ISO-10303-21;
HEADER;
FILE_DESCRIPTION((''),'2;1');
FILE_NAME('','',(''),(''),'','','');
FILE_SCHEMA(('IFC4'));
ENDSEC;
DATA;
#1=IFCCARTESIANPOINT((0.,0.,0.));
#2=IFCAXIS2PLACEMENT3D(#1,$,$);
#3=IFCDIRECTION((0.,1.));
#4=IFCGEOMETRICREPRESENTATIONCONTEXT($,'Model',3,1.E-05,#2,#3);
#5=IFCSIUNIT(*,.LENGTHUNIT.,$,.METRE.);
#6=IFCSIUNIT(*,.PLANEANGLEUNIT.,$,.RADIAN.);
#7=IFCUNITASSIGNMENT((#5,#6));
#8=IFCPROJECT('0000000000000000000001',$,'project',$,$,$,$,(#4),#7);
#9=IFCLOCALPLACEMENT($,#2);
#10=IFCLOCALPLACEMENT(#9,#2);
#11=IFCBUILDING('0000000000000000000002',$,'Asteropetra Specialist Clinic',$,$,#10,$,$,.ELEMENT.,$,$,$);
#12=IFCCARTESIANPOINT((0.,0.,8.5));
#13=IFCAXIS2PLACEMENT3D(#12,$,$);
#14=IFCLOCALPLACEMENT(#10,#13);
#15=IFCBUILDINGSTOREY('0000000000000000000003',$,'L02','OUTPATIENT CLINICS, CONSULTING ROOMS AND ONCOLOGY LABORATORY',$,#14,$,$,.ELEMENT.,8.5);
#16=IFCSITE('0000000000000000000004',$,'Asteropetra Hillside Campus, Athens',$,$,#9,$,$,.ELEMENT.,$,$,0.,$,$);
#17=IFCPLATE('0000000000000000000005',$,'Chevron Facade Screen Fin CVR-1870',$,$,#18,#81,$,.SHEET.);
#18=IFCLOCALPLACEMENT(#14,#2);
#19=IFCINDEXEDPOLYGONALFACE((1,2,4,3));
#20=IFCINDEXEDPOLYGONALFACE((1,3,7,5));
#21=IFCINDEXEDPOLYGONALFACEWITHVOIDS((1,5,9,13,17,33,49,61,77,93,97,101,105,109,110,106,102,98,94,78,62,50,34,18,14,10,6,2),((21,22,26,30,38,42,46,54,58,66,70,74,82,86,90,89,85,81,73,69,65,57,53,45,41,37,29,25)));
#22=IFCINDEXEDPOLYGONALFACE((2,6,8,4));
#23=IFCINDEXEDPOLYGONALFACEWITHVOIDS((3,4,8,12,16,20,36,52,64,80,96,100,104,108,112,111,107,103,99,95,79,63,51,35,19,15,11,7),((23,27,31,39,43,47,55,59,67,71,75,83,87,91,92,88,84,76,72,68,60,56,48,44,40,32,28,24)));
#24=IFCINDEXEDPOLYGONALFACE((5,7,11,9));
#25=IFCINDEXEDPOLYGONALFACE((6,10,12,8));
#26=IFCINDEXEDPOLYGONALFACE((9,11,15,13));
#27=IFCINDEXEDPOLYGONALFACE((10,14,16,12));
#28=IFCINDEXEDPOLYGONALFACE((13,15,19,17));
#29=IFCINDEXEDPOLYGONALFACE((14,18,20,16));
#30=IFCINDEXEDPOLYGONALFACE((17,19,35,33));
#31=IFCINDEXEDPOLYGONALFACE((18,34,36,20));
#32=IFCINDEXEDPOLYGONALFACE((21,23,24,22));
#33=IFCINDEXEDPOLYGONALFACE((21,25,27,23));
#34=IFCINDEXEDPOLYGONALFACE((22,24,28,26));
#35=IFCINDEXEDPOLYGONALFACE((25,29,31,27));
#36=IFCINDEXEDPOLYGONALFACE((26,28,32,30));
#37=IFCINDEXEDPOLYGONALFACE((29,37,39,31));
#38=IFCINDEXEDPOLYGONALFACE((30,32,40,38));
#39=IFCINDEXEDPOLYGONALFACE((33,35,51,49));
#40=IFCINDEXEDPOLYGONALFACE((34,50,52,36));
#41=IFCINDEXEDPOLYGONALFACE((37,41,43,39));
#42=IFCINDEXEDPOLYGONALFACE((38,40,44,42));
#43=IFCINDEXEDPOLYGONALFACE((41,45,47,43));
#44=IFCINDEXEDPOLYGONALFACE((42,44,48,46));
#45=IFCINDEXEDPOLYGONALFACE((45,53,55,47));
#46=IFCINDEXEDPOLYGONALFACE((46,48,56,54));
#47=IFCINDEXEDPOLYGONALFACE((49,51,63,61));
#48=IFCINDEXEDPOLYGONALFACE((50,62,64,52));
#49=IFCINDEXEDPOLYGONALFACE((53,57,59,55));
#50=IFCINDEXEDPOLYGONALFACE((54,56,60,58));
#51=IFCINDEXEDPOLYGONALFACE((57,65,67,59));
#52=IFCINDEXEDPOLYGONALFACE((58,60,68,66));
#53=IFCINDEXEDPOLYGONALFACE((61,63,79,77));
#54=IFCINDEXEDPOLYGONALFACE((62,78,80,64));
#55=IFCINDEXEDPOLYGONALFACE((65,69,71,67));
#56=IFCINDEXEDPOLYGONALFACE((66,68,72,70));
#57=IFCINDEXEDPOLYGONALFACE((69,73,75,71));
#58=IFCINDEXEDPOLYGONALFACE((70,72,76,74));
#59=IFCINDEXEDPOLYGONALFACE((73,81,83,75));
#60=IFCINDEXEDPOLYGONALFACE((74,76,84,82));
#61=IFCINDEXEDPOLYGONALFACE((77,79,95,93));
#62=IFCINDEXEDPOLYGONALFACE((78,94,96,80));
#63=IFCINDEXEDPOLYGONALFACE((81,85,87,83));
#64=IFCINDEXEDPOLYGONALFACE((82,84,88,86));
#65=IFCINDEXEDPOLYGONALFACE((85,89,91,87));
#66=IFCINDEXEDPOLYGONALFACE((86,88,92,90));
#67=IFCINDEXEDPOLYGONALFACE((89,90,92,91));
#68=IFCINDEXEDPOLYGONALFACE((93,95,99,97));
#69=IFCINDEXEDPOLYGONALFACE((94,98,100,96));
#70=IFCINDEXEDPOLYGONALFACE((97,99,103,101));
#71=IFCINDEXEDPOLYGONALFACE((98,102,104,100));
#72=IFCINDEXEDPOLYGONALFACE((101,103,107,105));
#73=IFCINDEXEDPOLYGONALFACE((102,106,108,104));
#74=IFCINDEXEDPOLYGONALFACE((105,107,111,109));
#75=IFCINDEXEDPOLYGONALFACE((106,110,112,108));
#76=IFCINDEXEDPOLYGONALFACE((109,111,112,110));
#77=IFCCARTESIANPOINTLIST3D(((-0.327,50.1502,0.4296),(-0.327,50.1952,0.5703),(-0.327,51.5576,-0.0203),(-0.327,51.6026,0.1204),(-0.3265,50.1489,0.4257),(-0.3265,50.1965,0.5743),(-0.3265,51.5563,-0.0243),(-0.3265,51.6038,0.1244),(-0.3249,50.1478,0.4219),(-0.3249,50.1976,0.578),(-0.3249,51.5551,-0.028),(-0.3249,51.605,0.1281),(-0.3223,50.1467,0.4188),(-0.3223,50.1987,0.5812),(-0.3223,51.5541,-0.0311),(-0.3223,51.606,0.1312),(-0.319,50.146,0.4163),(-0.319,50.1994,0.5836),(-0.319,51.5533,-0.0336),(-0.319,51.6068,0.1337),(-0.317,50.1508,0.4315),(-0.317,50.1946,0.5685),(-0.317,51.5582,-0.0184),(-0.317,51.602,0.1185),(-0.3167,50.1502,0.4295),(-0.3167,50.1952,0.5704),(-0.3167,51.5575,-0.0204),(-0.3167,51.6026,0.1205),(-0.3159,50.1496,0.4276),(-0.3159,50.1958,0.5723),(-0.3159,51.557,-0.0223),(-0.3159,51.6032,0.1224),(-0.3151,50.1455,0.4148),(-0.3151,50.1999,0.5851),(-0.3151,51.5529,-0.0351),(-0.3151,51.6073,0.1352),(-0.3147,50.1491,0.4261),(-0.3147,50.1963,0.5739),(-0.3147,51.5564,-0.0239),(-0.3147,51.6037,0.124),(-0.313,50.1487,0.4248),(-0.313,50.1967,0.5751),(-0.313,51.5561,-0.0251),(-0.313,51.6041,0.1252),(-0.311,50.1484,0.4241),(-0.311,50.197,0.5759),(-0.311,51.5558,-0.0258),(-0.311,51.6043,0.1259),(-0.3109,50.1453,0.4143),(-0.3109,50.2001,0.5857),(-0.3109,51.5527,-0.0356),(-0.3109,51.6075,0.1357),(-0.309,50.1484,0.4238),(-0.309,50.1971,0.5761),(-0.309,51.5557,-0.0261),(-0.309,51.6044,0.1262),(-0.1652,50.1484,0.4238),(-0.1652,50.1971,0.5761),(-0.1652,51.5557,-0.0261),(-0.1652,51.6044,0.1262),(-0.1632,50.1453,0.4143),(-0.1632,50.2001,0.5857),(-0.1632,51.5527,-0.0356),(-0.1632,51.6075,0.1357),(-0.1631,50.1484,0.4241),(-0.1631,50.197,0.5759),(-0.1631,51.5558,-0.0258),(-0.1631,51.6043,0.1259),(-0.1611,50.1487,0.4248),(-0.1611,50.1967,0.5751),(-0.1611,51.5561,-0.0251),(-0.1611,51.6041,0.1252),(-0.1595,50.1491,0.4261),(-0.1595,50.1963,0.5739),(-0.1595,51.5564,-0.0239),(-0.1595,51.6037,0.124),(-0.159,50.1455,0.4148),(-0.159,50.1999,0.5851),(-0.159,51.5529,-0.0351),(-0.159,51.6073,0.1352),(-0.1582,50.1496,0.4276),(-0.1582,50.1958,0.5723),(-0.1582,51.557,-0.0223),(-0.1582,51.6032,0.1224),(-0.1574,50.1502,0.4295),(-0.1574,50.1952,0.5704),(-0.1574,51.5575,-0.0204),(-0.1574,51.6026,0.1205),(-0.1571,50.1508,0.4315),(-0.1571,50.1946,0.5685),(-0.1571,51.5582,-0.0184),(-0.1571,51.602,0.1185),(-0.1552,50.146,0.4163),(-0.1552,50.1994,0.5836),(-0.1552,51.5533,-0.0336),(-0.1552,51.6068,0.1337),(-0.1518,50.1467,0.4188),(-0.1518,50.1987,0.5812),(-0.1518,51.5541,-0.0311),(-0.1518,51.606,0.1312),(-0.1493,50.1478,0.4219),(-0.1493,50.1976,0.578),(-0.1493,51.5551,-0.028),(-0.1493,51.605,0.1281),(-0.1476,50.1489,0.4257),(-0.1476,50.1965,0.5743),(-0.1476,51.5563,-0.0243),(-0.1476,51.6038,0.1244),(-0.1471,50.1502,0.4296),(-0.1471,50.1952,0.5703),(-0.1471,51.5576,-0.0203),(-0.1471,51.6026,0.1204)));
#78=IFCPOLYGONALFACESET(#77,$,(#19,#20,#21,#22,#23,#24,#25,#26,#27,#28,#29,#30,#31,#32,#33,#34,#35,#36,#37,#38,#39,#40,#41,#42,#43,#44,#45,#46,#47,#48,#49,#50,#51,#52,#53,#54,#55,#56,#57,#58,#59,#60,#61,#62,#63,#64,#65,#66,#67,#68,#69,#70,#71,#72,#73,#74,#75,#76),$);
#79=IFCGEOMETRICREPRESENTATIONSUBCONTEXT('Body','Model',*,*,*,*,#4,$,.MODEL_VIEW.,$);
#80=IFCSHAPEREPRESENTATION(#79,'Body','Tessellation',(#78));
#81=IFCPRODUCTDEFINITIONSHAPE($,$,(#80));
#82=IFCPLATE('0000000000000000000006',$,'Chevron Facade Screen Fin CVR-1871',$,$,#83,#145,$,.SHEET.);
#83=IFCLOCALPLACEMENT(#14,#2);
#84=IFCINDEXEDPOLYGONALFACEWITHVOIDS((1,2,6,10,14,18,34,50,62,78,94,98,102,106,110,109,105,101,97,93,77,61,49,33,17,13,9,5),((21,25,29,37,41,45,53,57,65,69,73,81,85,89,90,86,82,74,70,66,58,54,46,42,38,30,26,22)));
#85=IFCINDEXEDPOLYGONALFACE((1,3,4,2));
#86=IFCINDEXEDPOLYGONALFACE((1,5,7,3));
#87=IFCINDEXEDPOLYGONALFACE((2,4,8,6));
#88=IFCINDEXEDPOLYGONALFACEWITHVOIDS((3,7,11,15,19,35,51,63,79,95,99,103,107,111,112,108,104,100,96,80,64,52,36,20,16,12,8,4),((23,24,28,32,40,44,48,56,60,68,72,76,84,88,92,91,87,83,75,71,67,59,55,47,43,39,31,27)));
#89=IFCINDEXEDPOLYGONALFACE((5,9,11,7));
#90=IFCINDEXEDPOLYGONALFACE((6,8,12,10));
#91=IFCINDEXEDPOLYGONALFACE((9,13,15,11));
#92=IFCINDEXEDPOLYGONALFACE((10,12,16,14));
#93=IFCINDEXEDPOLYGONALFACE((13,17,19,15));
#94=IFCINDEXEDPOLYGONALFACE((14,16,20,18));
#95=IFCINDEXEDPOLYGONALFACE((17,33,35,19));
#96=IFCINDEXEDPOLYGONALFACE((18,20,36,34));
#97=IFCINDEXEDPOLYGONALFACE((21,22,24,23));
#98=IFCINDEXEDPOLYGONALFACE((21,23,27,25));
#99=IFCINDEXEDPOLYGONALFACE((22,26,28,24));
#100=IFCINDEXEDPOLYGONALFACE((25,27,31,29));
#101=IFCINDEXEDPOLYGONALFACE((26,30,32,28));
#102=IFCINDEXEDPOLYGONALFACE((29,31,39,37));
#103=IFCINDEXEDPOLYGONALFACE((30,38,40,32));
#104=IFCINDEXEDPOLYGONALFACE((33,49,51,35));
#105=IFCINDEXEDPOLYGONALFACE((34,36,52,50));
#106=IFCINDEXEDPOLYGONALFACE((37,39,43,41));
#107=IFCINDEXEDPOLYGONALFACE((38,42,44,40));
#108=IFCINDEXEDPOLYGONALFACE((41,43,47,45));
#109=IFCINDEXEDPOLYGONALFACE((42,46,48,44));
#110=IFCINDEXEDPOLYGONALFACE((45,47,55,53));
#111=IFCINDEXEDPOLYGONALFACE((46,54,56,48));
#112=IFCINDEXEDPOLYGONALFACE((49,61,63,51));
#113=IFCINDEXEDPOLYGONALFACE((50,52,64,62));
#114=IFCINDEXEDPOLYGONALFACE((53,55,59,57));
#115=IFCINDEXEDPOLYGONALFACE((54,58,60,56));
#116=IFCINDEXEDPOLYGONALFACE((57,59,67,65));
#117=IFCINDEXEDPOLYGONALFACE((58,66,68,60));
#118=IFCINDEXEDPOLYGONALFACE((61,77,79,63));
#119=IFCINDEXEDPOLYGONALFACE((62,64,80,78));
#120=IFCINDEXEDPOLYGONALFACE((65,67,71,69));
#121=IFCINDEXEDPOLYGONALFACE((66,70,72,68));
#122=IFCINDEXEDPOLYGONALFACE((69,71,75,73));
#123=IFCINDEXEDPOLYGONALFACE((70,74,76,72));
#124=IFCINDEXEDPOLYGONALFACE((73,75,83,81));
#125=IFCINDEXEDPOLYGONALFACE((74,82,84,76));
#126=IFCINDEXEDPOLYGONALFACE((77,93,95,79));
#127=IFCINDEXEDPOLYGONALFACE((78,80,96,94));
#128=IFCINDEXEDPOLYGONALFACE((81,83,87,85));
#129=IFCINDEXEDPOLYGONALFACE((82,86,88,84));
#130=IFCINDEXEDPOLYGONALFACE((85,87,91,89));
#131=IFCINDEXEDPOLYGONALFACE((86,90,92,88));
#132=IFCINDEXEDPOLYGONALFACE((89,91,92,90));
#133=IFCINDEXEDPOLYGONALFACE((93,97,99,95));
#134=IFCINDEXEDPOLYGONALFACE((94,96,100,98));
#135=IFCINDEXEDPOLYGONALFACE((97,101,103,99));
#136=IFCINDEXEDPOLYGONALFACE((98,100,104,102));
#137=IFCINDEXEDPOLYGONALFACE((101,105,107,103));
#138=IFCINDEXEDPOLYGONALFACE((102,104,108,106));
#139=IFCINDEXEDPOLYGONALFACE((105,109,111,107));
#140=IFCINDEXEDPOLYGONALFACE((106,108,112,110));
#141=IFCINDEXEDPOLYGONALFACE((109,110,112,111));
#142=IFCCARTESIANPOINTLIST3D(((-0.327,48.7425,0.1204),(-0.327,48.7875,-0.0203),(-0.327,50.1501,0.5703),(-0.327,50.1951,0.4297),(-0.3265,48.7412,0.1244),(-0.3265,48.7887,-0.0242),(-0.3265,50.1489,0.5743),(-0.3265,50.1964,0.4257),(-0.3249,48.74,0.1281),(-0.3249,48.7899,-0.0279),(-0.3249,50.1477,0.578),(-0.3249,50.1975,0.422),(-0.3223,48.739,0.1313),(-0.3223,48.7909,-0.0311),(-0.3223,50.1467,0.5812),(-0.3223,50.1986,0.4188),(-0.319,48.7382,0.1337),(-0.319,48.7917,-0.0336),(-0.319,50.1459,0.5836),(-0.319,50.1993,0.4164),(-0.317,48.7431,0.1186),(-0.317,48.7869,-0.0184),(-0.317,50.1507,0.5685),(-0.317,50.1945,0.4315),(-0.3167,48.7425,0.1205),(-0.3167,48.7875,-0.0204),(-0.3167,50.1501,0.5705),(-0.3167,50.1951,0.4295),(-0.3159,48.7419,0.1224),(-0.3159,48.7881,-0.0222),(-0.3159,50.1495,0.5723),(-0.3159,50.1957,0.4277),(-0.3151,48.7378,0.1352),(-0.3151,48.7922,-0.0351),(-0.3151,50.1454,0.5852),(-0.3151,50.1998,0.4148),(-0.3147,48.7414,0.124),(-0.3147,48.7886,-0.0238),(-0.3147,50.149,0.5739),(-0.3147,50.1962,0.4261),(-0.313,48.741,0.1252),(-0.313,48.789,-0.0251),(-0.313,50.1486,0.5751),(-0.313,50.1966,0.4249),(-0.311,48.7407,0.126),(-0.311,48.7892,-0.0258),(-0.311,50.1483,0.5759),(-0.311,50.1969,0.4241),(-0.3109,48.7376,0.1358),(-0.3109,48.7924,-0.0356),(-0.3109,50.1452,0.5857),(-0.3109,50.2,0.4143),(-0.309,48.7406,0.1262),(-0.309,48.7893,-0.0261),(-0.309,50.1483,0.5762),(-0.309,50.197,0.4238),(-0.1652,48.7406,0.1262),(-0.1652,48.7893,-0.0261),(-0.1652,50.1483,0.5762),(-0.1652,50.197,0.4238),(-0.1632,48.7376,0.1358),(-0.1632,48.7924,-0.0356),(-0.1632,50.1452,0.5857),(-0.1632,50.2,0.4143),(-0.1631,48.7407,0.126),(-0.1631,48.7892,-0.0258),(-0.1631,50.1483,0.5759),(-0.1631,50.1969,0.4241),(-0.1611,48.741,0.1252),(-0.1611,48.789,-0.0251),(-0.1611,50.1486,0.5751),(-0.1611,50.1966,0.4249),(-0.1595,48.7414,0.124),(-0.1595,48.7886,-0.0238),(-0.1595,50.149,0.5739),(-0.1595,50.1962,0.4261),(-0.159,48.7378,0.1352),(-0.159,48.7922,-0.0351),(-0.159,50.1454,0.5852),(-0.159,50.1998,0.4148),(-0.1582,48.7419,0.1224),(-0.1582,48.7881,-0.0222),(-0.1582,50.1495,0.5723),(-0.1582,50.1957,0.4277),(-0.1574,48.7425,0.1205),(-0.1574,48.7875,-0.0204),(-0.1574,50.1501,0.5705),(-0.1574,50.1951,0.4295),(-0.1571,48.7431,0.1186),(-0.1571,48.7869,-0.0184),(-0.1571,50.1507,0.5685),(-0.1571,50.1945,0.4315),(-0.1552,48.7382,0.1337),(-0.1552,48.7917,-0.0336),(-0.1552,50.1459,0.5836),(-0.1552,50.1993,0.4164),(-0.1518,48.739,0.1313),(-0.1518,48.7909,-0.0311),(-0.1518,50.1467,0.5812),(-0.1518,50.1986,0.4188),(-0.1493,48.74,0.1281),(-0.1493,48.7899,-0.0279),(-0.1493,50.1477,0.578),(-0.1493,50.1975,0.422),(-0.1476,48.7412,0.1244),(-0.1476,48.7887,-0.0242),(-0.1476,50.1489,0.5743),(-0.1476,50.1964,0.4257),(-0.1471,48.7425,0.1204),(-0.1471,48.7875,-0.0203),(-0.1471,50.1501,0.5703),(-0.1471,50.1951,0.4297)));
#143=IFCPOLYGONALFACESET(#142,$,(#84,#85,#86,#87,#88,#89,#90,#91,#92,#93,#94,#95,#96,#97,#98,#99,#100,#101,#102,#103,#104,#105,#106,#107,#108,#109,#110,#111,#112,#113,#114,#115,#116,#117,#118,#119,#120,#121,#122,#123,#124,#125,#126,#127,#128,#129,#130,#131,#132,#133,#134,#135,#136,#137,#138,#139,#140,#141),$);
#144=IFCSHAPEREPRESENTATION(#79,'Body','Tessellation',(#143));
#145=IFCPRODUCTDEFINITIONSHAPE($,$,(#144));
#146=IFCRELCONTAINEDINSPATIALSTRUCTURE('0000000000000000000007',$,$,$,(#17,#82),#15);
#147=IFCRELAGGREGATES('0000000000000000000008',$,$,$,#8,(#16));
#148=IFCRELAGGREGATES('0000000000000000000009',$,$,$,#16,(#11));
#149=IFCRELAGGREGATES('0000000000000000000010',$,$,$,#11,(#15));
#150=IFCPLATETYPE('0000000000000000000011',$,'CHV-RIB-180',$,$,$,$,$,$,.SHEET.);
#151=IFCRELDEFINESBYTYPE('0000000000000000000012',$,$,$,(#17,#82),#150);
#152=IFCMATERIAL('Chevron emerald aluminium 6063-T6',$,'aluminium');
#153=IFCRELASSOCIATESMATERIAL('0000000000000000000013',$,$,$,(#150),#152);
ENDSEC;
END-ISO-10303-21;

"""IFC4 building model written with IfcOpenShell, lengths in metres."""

from ifc_helpers import new_model, si_unit, direction, frame, origin, origin_2d, place, context, subcontext, project, spatial, hollow_rectangle, extrude, material, material_profile, profile_set, type_object, element, save


model = new_model("IFC4")

# Units and contexts
model_context = context("Model", 3, precision=1e-05, world=origin(), true_north=direction((0.0, 1.0)))
body_context = subcontext(model_context, "Body", "Model", "MODEL_VIEW")
ifc_project = project(units=[si_unit("LENGTHUNIT", "METRE"), si_unit("PLANEANGLEUNIT", "RADIAN")], contexts=[model_context])

# Site, building, storey
site_placement = place(None, origin())
site = spatial("IfcSite", under=ifc_project, at=site_placement, Name="Asteropetra Hillside Campus, Athens", CompositionType="ELEMENT", RefElevation=0.0)
building_placement = place(site_placement, origin())
building = spatial("IfcBuilding", under=site, at=building_placement, Name="Asteropetra Specialist Clinic", CompositionType="ELEMENT")
storey_placement = place(building_placement, frame((0.0, 0.0, 8.5)))
storey = spatial("IfcBuildingStorey", under=building, at=storey_placement, Name="L02", Description="OUTPATIENT CLINICS, CONSULTING ROOMS AND ONCOLOGY LABORATORY", CompositionType="ELEMENT", Elevation=8.5)

# Plates
ifc_material = material(Name="Chevron emerald aluminium 6063-T6", Category="aluminium")
ifc_material_profile = material_profile(ifc_material, hollow_rectangle(XDim=0.1799, YDim=0.1799, WallThickness=0.01, InnerFilletRadius=0.0081, OuterFilletRadius=0.0161, at=origin_2d()), Name="SHS 180x180x10.0")
ifc_profile_set = profile_set([ifc_material_profile], Name="Chevron emerald aluminium 6063-T6")
plate_type = type_object("IfcPlateType", Name="CHV-RIB-180", PredefinedType="SHEET", material=ifc_profile_set)
plate_1_placement = place(storey_placement, frame((-0.2371, 51.5801, 0.05), z_axis=(0.0, -0.95251, 0.304506), x_axis=(1.0, 0.0, 0.0)))
element("IfcPlate", 1, at=plate_1_placement, inside=storey, type_object=plate_type, Name="Chevron Facade Screen Fin CVR-1870", PredefinedType="SHEET", context=body_context, shape_type="SweptSolid", body=[
    extrude(hollow_rectangle(XDim=0.1799, YDim=0.1799, WallThickness=0.01, InnerFilletRadius=0.0081, OuterFilletRadius=0.0161, at=origin_2d()), origin(), (0.0, 0.0, 1.0), 1.4775),
])
plate_2_placement = place(storey_placement, frame((-0.2371, 50.1726, 0.5), z_axis=(0.0, -0.952526, -0.304458), x_axis=(1.0, 0.0, 0.0)))
element("IfcPlate", 2, at=plate_2_placement, inside=storey, type_object=plate_type, Name="Chevron Facade Screen Fin CVR-1871", PredefinedType="SHEET", context=body_context, shape_type="SweptSolid", body=[
    extrude(hollow_rectangle(XDim=0.1799, YDim=0.1799, WallThickness=0.01, InnerFilletRadius=0.0081, OuterFilletRadius=0.0161, at=origin_2d()), origin(), (0.0, 0.0, 1.0), 1.4778),
])

save(model, "model.ifc")
